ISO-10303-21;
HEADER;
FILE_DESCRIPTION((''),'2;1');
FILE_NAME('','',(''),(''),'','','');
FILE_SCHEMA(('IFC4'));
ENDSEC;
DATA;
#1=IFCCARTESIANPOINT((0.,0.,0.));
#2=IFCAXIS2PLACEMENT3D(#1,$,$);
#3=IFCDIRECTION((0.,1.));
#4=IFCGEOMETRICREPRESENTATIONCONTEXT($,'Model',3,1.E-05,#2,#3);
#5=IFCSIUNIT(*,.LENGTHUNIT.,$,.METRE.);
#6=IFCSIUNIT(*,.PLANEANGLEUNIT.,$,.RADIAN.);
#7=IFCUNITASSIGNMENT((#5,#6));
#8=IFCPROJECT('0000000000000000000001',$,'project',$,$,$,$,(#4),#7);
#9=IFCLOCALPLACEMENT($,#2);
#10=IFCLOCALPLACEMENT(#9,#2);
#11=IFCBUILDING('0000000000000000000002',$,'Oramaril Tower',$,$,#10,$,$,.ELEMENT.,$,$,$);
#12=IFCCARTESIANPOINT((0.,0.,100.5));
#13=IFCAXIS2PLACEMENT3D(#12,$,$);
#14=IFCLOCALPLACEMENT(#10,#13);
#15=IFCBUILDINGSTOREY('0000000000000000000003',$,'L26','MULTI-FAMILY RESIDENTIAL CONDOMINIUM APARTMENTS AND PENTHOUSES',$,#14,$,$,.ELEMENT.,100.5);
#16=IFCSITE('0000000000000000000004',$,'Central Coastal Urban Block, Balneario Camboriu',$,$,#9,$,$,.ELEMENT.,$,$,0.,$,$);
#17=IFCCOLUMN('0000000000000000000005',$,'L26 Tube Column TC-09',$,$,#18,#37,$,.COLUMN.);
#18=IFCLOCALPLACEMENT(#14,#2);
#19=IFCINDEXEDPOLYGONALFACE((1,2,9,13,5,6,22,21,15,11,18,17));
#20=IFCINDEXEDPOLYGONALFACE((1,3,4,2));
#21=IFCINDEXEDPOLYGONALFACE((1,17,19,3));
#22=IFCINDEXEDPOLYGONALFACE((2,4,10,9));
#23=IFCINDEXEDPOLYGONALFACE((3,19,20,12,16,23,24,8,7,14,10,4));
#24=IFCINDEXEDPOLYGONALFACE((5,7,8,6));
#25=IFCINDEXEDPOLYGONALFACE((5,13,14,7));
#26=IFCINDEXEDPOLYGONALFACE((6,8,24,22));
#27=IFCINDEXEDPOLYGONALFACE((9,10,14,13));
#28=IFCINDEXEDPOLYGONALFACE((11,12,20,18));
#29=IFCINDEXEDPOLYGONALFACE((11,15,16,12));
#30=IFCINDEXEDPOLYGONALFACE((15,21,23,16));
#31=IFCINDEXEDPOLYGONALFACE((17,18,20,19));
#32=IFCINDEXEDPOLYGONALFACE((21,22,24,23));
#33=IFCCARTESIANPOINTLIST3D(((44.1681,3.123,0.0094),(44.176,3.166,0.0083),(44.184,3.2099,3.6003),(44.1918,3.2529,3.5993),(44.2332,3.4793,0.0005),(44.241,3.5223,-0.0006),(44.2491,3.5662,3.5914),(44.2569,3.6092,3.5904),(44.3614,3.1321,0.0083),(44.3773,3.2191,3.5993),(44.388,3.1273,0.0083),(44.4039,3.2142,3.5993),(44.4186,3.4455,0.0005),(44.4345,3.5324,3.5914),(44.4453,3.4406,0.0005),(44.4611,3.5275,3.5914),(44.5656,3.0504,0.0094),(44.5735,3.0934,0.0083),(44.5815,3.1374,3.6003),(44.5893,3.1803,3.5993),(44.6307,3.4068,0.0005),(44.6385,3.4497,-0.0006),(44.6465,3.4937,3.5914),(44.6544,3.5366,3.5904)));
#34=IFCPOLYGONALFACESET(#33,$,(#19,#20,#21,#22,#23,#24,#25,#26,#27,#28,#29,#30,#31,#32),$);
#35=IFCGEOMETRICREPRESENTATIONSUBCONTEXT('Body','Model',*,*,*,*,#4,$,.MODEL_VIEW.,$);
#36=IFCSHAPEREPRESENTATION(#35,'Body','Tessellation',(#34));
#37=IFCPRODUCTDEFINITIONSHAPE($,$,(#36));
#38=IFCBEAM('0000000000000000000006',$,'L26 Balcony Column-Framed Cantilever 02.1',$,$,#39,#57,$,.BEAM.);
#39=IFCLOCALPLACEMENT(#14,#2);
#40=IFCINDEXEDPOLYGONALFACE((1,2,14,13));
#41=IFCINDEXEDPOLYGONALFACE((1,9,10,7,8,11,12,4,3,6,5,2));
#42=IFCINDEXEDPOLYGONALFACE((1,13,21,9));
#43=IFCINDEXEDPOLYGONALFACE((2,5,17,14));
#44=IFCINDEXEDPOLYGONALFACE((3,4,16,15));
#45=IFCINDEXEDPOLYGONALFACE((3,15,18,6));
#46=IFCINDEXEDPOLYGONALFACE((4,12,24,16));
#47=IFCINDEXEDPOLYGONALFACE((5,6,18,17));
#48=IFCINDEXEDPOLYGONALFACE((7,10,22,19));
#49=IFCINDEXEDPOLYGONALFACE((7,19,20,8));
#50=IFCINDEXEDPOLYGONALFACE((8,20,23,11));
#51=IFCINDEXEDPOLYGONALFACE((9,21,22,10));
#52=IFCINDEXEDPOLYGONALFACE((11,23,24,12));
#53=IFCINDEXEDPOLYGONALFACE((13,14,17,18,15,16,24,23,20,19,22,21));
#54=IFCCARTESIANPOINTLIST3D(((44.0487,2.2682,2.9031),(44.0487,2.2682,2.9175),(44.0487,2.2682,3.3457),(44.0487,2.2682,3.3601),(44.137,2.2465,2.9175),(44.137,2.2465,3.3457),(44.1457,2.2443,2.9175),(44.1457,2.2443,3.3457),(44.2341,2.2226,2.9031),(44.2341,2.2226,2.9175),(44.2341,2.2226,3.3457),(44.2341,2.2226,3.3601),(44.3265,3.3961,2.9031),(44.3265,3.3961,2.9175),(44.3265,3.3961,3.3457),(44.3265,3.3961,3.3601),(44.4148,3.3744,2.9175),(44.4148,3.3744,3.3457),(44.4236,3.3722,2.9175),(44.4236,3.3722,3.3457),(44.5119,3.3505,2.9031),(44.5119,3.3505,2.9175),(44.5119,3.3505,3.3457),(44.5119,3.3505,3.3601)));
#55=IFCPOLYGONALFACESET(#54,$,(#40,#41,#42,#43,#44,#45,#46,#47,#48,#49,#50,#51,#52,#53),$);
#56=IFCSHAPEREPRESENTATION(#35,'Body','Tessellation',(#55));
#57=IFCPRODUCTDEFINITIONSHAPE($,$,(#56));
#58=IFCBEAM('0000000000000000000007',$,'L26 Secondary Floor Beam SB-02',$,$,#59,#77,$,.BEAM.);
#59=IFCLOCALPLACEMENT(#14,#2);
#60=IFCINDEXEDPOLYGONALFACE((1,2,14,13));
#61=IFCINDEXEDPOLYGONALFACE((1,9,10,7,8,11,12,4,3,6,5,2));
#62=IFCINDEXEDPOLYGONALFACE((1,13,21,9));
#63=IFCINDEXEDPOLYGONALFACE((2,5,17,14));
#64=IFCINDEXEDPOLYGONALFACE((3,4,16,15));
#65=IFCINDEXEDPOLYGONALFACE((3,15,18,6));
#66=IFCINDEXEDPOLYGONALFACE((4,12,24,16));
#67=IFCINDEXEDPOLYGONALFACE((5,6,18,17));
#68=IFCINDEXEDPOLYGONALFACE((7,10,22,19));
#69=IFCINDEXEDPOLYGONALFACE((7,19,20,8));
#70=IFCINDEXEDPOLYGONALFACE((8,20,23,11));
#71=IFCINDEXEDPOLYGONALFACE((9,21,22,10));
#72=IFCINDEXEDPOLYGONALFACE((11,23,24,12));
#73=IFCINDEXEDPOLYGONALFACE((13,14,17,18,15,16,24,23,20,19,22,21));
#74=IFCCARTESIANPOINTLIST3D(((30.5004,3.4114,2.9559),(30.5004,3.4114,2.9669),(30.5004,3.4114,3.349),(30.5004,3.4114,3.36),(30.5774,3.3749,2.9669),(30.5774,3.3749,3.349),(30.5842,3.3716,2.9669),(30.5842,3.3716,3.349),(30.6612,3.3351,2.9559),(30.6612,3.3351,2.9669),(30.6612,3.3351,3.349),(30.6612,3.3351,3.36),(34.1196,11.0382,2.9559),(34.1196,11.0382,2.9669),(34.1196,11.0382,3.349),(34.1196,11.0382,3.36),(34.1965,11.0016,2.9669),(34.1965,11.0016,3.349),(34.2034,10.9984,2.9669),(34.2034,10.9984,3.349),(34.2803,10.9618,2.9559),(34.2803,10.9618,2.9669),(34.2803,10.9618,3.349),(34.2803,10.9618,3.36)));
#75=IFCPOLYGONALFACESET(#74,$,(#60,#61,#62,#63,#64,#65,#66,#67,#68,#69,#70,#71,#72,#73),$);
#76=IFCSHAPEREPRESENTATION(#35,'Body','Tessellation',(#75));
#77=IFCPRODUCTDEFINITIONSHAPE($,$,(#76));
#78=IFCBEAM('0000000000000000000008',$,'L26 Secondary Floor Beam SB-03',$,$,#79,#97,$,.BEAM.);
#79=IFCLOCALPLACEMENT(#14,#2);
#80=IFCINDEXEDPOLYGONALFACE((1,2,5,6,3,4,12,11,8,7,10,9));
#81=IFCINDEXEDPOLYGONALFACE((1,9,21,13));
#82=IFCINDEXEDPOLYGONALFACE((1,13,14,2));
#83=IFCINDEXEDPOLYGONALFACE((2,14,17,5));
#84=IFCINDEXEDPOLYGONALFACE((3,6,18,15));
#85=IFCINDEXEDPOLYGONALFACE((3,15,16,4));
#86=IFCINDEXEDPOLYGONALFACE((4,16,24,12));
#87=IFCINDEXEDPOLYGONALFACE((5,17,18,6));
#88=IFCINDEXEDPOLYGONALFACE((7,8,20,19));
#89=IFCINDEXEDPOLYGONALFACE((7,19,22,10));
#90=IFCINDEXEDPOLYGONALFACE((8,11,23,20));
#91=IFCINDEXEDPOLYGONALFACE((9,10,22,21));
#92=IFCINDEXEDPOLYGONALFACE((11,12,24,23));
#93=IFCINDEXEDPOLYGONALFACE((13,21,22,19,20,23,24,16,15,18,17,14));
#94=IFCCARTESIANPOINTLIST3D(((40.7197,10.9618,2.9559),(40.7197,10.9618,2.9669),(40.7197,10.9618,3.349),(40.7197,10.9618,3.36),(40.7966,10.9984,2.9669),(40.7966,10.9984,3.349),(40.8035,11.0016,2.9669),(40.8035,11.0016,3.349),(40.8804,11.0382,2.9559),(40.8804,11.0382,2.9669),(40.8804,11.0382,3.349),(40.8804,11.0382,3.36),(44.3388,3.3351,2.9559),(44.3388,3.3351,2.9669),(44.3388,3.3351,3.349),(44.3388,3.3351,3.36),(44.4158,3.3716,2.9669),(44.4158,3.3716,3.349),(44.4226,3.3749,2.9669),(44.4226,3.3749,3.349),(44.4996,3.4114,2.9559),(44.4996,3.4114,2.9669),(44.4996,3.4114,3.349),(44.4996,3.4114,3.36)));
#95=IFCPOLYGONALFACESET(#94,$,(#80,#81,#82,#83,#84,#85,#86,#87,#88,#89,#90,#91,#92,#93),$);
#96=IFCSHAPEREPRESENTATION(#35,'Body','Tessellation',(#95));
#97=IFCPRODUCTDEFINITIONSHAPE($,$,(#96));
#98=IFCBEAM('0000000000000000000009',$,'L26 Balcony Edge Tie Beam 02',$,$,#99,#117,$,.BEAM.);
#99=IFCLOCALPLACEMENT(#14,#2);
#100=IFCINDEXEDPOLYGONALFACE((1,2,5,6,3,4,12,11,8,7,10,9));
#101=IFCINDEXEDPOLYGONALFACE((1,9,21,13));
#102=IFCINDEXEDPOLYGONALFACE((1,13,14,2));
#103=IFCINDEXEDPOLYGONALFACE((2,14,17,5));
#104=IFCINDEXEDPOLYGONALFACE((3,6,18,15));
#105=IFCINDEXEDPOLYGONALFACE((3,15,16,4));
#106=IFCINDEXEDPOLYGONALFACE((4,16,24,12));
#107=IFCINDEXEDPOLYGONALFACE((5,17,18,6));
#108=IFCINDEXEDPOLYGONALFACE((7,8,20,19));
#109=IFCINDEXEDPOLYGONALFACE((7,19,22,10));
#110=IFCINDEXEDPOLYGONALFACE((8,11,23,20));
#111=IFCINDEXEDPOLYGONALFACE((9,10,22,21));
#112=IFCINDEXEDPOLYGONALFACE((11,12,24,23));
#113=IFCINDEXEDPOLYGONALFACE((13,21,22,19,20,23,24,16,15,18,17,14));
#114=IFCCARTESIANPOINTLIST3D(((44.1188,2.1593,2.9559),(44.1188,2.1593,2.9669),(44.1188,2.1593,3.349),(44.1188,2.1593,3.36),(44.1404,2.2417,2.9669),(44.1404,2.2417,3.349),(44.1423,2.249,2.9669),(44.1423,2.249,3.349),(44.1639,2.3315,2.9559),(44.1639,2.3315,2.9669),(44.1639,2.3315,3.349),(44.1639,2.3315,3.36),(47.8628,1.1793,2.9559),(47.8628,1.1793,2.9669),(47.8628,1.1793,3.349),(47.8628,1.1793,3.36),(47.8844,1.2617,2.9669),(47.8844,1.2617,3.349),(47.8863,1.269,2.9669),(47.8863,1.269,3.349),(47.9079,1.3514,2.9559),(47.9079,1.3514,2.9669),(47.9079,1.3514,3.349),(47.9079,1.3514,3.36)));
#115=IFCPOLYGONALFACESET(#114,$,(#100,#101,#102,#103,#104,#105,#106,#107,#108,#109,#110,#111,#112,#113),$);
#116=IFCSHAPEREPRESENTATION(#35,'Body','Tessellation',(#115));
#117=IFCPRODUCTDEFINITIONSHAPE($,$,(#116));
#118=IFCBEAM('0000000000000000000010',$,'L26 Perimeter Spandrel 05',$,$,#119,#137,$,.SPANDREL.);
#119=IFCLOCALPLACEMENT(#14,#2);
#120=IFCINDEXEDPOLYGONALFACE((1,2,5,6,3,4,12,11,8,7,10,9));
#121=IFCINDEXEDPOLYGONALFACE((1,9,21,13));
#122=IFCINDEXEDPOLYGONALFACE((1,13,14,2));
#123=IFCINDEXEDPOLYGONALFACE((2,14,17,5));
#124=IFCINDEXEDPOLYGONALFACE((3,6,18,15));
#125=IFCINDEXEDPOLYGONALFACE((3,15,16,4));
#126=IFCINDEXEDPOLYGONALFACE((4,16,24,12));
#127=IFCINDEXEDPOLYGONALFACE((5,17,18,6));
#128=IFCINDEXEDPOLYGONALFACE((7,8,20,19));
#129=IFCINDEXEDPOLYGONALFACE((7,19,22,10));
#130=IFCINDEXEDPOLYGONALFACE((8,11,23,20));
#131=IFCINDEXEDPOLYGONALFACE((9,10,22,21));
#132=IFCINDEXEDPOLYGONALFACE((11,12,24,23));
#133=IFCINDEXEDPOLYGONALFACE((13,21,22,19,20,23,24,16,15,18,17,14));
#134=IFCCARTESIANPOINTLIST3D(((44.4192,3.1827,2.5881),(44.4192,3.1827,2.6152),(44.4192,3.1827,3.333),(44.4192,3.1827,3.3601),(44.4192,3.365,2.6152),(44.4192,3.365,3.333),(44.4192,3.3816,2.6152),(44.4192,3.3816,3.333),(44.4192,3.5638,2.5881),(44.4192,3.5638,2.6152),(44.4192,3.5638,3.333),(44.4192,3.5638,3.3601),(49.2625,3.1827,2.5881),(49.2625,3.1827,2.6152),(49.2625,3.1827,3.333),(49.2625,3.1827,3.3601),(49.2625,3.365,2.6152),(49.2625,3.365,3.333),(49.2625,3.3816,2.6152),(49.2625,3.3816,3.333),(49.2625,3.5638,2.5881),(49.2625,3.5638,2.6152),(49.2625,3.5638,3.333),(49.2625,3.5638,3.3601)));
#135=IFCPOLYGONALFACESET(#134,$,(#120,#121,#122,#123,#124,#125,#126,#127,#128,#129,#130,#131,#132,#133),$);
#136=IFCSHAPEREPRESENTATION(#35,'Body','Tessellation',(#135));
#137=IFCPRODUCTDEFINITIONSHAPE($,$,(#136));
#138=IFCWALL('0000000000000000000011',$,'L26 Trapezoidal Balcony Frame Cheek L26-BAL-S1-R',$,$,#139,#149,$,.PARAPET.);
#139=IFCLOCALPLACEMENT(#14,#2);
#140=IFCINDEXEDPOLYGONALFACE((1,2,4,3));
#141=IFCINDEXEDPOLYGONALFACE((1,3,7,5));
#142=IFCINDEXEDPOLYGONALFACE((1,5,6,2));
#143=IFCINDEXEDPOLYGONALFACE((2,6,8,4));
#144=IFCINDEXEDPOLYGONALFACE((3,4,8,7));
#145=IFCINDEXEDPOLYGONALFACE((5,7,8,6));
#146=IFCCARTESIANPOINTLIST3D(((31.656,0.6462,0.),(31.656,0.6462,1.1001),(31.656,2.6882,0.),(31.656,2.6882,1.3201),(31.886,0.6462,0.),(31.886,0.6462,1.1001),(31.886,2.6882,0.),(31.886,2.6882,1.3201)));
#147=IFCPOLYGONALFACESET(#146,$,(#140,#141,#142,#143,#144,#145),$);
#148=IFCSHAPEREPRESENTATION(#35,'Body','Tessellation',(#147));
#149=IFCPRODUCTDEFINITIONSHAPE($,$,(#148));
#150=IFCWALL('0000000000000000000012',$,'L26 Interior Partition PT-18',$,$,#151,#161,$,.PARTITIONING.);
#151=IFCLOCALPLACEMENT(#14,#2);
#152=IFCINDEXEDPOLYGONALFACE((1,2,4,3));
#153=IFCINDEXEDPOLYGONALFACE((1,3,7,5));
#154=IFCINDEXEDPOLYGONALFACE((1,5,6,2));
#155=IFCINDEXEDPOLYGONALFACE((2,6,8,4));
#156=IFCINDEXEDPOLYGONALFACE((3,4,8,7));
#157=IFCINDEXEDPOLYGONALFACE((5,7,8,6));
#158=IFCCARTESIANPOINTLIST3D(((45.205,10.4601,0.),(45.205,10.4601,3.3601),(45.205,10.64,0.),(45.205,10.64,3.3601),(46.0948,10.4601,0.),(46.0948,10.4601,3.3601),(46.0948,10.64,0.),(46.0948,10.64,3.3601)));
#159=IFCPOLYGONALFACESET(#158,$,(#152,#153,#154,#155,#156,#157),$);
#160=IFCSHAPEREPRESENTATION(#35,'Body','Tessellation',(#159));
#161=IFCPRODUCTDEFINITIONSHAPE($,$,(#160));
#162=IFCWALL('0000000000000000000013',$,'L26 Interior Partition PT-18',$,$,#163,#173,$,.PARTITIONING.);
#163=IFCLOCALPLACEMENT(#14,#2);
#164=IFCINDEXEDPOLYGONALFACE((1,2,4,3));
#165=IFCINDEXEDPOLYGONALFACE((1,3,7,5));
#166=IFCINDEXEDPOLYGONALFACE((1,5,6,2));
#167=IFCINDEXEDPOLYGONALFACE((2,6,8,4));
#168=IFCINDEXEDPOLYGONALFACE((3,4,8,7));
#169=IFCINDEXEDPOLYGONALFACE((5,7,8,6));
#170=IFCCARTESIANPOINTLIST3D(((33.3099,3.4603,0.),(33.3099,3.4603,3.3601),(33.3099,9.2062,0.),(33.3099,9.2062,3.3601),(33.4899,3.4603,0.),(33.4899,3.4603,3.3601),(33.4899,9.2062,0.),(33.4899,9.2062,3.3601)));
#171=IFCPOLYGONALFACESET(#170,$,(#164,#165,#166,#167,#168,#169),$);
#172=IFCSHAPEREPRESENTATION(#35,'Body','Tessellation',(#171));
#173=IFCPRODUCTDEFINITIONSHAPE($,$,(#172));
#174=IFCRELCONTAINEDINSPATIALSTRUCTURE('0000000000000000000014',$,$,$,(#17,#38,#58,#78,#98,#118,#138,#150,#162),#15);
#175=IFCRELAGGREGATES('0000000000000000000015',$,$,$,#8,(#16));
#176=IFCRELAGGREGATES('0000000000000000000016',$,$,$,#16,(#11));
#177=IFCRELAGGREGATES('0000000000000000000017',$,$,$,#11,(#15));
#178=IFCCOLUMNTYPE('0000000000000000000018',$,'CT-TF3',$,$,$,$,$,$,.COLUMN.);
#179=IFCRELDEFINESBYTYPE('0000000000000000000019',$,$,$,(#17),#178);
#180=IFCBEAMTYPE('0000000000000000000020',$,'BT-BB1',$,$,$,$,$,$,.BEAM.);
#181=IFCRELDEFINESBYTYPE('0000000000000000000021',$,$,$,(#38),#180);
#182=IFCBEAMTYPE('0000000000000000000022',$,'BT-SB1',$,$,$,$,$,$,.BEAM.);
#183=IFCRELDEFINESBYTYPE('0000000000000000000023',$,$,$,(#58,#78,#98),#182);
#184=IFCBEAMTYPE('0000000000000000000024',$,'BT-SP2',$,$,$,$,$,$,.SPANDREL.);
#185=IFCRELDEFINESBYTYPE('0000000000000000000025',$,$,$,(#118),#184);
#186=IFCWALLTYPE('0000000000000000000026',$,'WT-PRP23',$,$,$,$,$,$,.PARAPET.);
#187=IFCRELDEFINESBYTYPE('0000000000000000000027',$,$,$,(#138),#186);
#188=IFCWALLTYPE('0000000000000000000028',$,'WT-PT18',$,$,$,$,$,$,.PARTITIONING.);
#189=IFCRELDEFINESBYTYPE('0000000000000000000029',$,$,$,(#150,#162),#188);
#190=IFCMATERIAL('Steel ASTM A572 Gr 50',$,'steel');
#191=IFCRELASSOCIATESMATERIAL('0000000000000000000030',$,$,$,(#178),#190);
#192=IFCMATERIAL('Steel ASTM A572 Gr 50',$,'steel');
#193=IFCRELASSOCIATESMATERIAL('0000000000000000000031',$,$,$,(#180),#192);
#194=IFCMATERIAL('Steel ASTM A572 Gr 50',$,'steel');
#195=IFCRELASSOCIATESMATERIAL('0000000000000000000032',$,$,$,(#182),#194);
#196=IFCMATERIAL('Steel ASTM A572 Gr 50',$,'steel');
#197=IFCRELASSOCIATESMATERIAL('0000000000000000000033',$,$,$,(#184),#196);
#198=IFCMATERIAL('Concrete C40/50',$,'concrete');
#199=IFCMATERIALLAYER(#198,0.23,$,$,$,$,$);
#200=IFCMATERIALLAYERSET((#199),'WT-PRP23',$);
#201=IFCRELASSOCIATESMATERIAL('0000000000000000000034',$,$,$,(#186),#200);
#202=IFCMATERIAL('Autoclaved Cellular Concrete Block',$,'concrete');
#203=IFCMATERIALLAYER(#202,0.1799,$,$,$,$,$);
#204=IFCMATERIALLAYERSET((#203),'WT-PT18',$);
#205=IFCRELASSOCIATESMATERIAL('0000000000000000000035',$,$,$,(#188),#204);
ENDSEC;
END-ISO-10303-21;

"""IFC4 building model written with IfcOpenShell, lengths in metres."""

from ifc_helpers import new_model, si_unit, direction, frame, frame_2d, origin, origin_2d, place, context, subcontext, project, spatial, polyline, rectangle, i_section, outline, extrude, material, layer, layer_set, material_profile, profile_set, type_object, element, save


model = new_model("IFC4")

# Units and contexts
model_context = context("Model", 3, precision=1e-05, world=origin(), true_north=direction((0.0, 1.0)))
body_context = subcontext(model_context, "Body", "Model", "MODEL_VIEW")
ifc_project = project(units=[si_unit("LENGTHUNIT", "METRE"), si_unit("PLANEANGLEUNIT", "RADIAN")], contexts=[model_context])

# Site, building, storey
site_placement = place(None, origin())
site = spatial("IfcSite", under=ifc_project, at=site_placement, Name="Central Coastal Urban Block, Balneario Camboriu", CompositionType="ELEMENT", RefElevation=0.0)
building_placement = place(site_placement, origin())
building = spatial("IfcBuilding", under=site, at=building_placement, Name="Oramaril Tower", CompositionType="ELEMENT")
storey_placement = place(building_placement, frame((0.0, 0.0, 100.5)))
storey = spatial("IfcBuildingStorey", under=building, at=storey_placement, Name="L26", Description="MULTI-FAMILY RESIDENTIAL CONDOMINIUM APARTMENTS AND PENTHOUSES", CompositionType="ELEMENT", Elevation=100.5)

# Column
ifc_material_1 = material(Name="Steel ASTM A572 Gr 50", Category="steel")
ifc_material_profile_1 = material_profile(ifc_material_1, i_section(OverallWidth=0.4041, OverallDepth=0.406, WebThickness=0.0271, FlangeThickness=0.0437, at=origin_2d()), Name="W14X233")
ifc_profile_set_1 = profile_set([ifc_material_profile_1], Name="Steel ASTM A572 Gr 50")
column_type = type_object("IfcColumnType", Name="CT-TF3", PredefinedType="COLUMN", material=ifc_profile_set_1)
column_placement = place(storey_placement, frame((44.4033, 3.2864, 0.0044), z_axis=(0.004418, 0.024196, 0.999697), x_axis=(-0.983737, 0.179615, 0.0)))
element("IfcColumn", 1, at=column_placement, inside=storey, type_object=column_type, Name="L26 Tube Column TC-09", PredefinedType="COLUMN", context=body_context, shape_type="SweptSolid", body=[
    extrude(i_section(OverallWidth=0.4041, OverallDepth=0.406, WebThickness=0.0271, FlangeThickness=0.0437, at=origin_2d()), origin(), (0.0, 0.0, 1.0), 3.592),
])

# Beams
ifc_material_2 = material(Name="Steel ASTM A572 Gr 50", Category="steel")
ifc_material_profile_2 = material_profile(ifc_material_2, i_section(OverallWidth=0.1909, OverallDepth=0.457, WebThickness=0.009, FlangeThickness=0.0144, at=origin_2d()), Name="W18X50")
ifc_profile_set_2 = profile_set([ifc_material_profile_2], Name="Steel ASTM A572 Gr 50")
beam_type_1 = type_object("IfcBeamType", Name="BT-BB1", PredefinedType="BEAM", material=ifc_profile_set_2)
beam_1_placement = place(storey_placement, frame((44.4192, 3.3733, 3.1316), z_axis=(-0.239171, -0.970977, 0.0), x_axis=(0.970977, -0.239171, 0.0)))
element("IfcBeam", 2, at=beam_1_placement, inside=storey, type_object=beam_type_1, Name="L26 Balcony Column-Framed Cantilever 02.1", PredefinedType="BEAM", context=body_context, shape_type="SweptSolid", body=[
    extrude(i_section(OverallWidth=0.1909, OverallDepth=0.457, WebThickness=0.009, FlangeThickness=0.0144, at=origin_2d()), origin(), (0.0, 0.0, 1.0), 1.1616),
])
ifc_material_3 = material(Name="Steel ASTM A572 Gr 50", Category="steel")
ifc_material_profile_3 = material_profile(ifc_material_3, i_section(OverallWidth=0.178, OverallDepth=0.4041, WebThickness=0.0076, FlangeThickness=0.011, at=origin_2d()), Name="W16X36")
ifc_profile_set_3 = profile_set([ifc_material_profile_3], Name="Steel ASTM A572 Gr 50")
beam_type_2 = type_object("IfcBeamType", Name="BT-SB1", PredefinedType="BEAM", material=ifc_profile_set_3)
for number, where, z_axis, x_axis, name in (
    (3, (34.2, 11.0, 3.158), (-0.428714, -0.90344, 0.0), (0.90344, -0.428714, 0.0), "L26 Secondary Floor Beam SB-02"),
    (4, (40.8, 11.0, 3.158), (0.428714, -0.90344, 0.0), (0.90344, 0.428714, 0.0), "L26 Secondary Floor Beam SB-03"),
):
    element("IfcBeam", number, at=place(storey_placement, frame(where, z_axis=z_axis, x_axis=x_axis)), inside=storey, type_object=beam_type_2, Name=name, PredefinedType="BEAM", context=body_context, shape_type="SweptSolid", body=[
        extrude(i_section(OverallWidth=0.178, OverallDepth=0.4041, WebThickness=0.0076, FlangeThickness=0.011, at=origin_2d()), origin(), (0.0, 0.0, 1.0), 8.4419),
    ])
beam_2_placement = place(storey_placement, frame((44.1414, 2.2454, 3.158), z_axis=(0.967408, -0.253223, 0.0), x_axis=(0.253223, 0.967408, 0.0)))
element("IfcBeam", 5, at=beam_2_placement, inside=storey, type_object=beam_type_2, Name="L26 Balcony Edge Tie Beam 02", PredefinedType="BEAM", context=body_context, shape_type="SweptSolid", body=[
    extrude(i_section(OverallWidth=0.178, OverallDepth=0.4041, WebThickness=0.0076, FlangeThickness=0.011, at=origin_2d()), origin(), (0.0, 0.0, 1.0), 3.8701),
])
ifc_material_4 = material(Name="Steel ASTM A572 Gr 50", Category="steel")
ifc_material_profile_4 = material_profile(ifc_material_4, i_section(OverallWidth=0.3811, OverallDepth=0.772, WebThickness=0.0166, FlangeThickness=0.0271, at=origin_2d()), Name="W30X173")
ifc_profile_set_4 = profile_set([ifc_material_profile_4], Name="Steel ASTM A572 Gr 50")
beam_type_3 = type_object("IfcBeamType", Name="BT-SP2", PredefinedType="SPANDREL", material=ifc_profile_set_4)
beam_3_placement = place(storey_placement, frame((44.4192, 3.3733, 2.9741), z_axis=(1.0, 0.0, 0.0), x_axis=(0.0, 1.0, 0.0)))
element("IfcBeam", 6, at=beam_3_placement, inside=storey, type_object=beam_type_3, Name="L26 Perimeter Spandrel 05", PredefinedType="SPANDREL", context=body_context, shape_type="SweptSolid", body=[
    extrude(i_section(OverallWidth=0.3811, OverallDepth=0.772, WebThickness=0.0166, FlangeThickness=0.0271, at=origin_2d()), origin(), (0.0, 0.0, 1.0), 4.8433),
])

# Walls
ifc_material_5 = material(Name="Concrete C40/50", Category="concrete")
ifc_layer_1 = layer(ifc_material_5, 0.23)
ifc_layer_set_1 = layer_set([ifc_layer_1], Name="WT-PRP23")
wall_type_1 = type_object("IfcWallType", Name="WT-PRP23", PredefinedType="PARAPET", material=ifc_layer_set_1)
wall_1_placement = place(storey_placement, frame((31.771, 2.6882, 0.0), z_axis=(0.0, 0.0, 1.0), x_axis=(0.0, -1.0, 0.0)))
element("IfcWall", 7, at=wall_1_placement, inside=storey, type_object=wall_type_1, Name="L26 Trapezoidal Balcony Frame Cheek L26-BAL-S1-R", PredefinedType="PARAPET", context=body_context, shape_type="SweptSolid", body=[
    extrude(outline(polyline([(0.0, 0.0), (2.042, 0.0), (2.042, 1.1001), (0.0, 1.3201), (0.0, 0.0)])), frame((0.0, 0.115, 0.0), z_axis=(0.0, -1.0, 0.0), x_axis=(1.0, 0.0, 0.0)), (0.0, 0.0, 1.0), 0.23),
])
ifc_material_6 = material(Name="Autoclaved Cellular Concrete Block", Category="concrete")
ifc_layer_2 = layer(ifc_material_6, 0.1799)
ifc_layer_set_2 = layer_set([ifc_layer_2], Name="WT-PT18")
wall_type_2 = type_object("IfcWallType", Name="WT-PT18", PredefinedType="PARTITIONING", material=ifc_layer_set_2)
wall_2_placement = place(storey_placement, frame((45.2051, 10.55, 0.0), z_axis=(0.0, 0.0, 1.0), x_axis=(1.0, 0.0, 0.0)))
element("IfcWall", 8, at=wall_2_placement, inside=storey, type_object=wall_type_2, Name="L26 Interior Partition PT-18", PredefinedType="PARTITIONING", context=body_context, shape_type="SweptSolid", body=[
    extrude(rectangle(XDim=0.8899, YDim=0.1799, at=frame_2d((0.4448, 0.0))), origin(), (0.0, 0.0, 1.0), 3.3601),
])
wall_3_placement = place(storey_placement, frame((33.3999, 3.4602, 0.0), z_axis=(0.0, 0.0, 1.0), x_axis=(0.0, 1.0, 0.0)))
element("IfcWall", 9, at=wall_3_placement, inside=storey, type_object=wall_type_2, Name="L26 Interior Partition PT-18", PredefinedType="PARTITIONING", context=body_context, shape_type="SweptSolid", body=[
    extrude(rectangle(XDim=5.7458, YDim=0.1799, at=frame_2d((2.873, 0.0))), origin(), (0.0, 0.0, 1.0), 3.3601),
])

save(model, "model.ifc")
